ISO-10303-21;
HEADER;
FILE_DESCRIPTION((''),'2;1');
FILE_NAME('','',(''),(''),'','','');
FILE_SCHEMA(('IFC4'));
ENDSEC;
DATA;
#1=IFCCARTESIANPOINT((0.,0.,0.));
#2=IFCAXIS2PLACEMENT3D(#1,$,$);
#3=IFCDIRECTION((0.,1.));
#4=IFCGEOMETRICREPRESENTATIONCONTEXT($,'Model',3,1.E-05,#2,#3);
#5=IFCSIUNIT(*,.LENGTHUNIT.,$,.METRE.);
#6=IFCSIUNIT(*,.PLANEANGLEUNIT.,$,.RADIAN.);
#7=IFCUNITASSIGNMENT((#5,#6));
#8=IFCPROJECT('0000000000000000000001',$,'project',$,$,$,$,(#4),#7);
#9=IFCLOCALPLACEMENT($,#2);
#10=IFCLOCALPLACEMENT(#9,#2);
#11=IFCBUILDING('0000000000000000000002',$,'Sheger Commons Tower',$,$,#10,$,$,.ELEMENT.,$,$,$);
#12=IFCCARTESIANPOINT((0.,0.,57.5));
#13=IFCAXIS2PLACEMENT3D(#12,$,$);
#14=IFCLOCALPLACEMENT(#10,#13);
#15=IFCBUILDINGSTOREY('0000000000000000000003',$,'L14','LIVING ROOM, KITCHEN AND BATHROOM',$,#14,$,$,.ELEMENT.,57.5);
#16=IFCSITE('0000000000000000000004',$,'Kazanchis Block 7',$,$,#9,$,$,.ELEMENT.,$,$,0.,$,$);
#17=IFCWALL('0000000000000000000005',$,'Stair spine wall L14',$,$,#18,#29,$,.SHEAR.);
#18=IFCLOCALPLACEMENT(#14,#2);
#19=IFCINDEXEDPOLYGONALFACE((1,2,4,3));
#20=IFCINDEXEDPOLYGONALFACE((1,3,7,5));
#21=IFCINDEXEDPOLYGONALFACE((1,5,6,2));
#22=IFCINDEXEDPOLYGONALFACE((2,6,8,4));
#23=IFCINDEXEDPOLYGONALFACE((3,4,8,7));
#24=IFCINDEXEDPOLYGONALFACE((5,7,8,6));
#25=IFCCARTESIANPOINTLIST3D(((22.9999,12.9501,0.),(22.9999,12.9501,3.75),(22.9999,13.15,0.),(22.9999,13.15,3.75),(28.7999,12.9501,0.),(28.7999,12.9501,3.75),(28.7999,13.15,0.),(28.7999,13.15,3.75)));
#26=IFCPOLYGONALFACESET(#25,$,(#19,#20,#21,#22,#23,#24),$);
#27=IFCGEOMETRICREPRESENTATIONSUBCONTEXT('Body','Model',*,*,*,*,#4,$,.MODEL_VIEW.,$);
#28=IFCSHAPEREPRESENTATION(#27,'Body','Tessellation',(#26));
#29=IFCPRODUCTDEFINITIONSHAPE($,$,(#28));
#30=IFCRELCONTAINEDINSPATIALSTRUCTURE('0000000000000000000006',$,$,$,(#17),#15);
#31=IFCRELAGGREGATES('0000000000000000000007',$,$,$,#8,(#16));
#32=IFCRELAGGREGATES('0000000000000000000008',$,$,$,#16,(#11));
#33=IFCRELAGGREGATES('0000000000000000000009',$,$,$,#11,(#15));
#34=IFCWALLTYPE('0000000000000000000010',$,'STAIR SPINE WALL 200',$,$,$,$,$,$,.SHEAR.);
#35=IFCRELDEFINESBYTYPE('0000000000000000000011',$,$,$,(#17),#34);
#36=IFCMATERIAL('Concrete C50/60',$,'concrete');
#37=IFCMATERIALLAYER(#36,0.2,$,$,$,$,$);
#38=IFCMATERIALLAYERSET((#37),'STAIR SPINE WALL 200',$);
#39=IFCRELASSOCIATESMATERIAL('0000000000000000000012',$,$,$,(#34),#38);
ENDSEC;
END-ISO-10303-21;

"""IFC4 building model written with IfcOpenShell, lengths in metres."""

from ifc_helpers import new_model, si_unit, direction, frame, frame_2d, origin, place, context, subcontext, project, spatial, rectangle, extrude, material, layer, layer_set, type_object, element, save


model = new_model("IFC4")

# Units and contexts
model_context = context("Model", 3, precision=1e-05, world=origin(), true_north=direction((0.0, 1.0)))
body_context = subcontext(model_context, "Body", "Model", "MODEL_VIEW")
ifc_project = project(units=[si_unit("LENGTHUNIT", "METRE"), si_unit("PLANEANGLEUNIT", "RADIAN")], contexts=[model_context])

# Site, building, storey
site_placement = place(None, origin())
site = spatial("IfcSite", under=ifc_project, at=site_placement, Name="Kazanchis Block 7", CompositionType="ELEMENT", RefElevation=0.0)
building_placement = place(site_placement, origin())
building = spatial("IfcBuilding", under=site, at=building_placement, Name="Sheger Commons Tower", CompositionType="ELEMENT")
storey_placement = place(building_placement, frame((0.0, 0.0, 57.5)))
storey = spatial("IfcBuildingStorey", under=building, at=storey_placement, Name="L14", Description="LIVING ROOM, KITCHEN AND BATHROOM", CompositionType="ELEMENT", Elevation=57.5)

# Wall
ifc_material_1 = material(Name="Concrete C50/60", Category="concrete")
ifc_layer_1 = layer(ifc_material_1, 0.2)
ifc_layer_set_1 = layer_set([ifc_layer_1], Name="STAIR SPINE WALL 200")
wall_type_1 = type_object("IfcWallType", Name="STAIR SPINE WALL 200", PredefinedType="SHEAR", material=ifc_layer_set_1)
wall_1_placement = place(storey_placement, frame((23.0, 13.05, 0.0), z_axis=(0.0, 0.0, 1.0), x_axis=(1.0, 0.0, 0.0)))
element("IfcWall", 1, at=wall_1_placement, inside=storey, type_object=wall_type_1, Name="Stair spine wall L14", PredefinedType="SHEAR", context=body_context, shape_type="SweptSolid", body=[
    extrude(rectangle(XDim=5.8, YDim=0.2, at=frame_2d((2.8999, 0.0))), origin(), (0.0, 0.0, 1.0), 3.75),
])

save(model, "model.ifc")
